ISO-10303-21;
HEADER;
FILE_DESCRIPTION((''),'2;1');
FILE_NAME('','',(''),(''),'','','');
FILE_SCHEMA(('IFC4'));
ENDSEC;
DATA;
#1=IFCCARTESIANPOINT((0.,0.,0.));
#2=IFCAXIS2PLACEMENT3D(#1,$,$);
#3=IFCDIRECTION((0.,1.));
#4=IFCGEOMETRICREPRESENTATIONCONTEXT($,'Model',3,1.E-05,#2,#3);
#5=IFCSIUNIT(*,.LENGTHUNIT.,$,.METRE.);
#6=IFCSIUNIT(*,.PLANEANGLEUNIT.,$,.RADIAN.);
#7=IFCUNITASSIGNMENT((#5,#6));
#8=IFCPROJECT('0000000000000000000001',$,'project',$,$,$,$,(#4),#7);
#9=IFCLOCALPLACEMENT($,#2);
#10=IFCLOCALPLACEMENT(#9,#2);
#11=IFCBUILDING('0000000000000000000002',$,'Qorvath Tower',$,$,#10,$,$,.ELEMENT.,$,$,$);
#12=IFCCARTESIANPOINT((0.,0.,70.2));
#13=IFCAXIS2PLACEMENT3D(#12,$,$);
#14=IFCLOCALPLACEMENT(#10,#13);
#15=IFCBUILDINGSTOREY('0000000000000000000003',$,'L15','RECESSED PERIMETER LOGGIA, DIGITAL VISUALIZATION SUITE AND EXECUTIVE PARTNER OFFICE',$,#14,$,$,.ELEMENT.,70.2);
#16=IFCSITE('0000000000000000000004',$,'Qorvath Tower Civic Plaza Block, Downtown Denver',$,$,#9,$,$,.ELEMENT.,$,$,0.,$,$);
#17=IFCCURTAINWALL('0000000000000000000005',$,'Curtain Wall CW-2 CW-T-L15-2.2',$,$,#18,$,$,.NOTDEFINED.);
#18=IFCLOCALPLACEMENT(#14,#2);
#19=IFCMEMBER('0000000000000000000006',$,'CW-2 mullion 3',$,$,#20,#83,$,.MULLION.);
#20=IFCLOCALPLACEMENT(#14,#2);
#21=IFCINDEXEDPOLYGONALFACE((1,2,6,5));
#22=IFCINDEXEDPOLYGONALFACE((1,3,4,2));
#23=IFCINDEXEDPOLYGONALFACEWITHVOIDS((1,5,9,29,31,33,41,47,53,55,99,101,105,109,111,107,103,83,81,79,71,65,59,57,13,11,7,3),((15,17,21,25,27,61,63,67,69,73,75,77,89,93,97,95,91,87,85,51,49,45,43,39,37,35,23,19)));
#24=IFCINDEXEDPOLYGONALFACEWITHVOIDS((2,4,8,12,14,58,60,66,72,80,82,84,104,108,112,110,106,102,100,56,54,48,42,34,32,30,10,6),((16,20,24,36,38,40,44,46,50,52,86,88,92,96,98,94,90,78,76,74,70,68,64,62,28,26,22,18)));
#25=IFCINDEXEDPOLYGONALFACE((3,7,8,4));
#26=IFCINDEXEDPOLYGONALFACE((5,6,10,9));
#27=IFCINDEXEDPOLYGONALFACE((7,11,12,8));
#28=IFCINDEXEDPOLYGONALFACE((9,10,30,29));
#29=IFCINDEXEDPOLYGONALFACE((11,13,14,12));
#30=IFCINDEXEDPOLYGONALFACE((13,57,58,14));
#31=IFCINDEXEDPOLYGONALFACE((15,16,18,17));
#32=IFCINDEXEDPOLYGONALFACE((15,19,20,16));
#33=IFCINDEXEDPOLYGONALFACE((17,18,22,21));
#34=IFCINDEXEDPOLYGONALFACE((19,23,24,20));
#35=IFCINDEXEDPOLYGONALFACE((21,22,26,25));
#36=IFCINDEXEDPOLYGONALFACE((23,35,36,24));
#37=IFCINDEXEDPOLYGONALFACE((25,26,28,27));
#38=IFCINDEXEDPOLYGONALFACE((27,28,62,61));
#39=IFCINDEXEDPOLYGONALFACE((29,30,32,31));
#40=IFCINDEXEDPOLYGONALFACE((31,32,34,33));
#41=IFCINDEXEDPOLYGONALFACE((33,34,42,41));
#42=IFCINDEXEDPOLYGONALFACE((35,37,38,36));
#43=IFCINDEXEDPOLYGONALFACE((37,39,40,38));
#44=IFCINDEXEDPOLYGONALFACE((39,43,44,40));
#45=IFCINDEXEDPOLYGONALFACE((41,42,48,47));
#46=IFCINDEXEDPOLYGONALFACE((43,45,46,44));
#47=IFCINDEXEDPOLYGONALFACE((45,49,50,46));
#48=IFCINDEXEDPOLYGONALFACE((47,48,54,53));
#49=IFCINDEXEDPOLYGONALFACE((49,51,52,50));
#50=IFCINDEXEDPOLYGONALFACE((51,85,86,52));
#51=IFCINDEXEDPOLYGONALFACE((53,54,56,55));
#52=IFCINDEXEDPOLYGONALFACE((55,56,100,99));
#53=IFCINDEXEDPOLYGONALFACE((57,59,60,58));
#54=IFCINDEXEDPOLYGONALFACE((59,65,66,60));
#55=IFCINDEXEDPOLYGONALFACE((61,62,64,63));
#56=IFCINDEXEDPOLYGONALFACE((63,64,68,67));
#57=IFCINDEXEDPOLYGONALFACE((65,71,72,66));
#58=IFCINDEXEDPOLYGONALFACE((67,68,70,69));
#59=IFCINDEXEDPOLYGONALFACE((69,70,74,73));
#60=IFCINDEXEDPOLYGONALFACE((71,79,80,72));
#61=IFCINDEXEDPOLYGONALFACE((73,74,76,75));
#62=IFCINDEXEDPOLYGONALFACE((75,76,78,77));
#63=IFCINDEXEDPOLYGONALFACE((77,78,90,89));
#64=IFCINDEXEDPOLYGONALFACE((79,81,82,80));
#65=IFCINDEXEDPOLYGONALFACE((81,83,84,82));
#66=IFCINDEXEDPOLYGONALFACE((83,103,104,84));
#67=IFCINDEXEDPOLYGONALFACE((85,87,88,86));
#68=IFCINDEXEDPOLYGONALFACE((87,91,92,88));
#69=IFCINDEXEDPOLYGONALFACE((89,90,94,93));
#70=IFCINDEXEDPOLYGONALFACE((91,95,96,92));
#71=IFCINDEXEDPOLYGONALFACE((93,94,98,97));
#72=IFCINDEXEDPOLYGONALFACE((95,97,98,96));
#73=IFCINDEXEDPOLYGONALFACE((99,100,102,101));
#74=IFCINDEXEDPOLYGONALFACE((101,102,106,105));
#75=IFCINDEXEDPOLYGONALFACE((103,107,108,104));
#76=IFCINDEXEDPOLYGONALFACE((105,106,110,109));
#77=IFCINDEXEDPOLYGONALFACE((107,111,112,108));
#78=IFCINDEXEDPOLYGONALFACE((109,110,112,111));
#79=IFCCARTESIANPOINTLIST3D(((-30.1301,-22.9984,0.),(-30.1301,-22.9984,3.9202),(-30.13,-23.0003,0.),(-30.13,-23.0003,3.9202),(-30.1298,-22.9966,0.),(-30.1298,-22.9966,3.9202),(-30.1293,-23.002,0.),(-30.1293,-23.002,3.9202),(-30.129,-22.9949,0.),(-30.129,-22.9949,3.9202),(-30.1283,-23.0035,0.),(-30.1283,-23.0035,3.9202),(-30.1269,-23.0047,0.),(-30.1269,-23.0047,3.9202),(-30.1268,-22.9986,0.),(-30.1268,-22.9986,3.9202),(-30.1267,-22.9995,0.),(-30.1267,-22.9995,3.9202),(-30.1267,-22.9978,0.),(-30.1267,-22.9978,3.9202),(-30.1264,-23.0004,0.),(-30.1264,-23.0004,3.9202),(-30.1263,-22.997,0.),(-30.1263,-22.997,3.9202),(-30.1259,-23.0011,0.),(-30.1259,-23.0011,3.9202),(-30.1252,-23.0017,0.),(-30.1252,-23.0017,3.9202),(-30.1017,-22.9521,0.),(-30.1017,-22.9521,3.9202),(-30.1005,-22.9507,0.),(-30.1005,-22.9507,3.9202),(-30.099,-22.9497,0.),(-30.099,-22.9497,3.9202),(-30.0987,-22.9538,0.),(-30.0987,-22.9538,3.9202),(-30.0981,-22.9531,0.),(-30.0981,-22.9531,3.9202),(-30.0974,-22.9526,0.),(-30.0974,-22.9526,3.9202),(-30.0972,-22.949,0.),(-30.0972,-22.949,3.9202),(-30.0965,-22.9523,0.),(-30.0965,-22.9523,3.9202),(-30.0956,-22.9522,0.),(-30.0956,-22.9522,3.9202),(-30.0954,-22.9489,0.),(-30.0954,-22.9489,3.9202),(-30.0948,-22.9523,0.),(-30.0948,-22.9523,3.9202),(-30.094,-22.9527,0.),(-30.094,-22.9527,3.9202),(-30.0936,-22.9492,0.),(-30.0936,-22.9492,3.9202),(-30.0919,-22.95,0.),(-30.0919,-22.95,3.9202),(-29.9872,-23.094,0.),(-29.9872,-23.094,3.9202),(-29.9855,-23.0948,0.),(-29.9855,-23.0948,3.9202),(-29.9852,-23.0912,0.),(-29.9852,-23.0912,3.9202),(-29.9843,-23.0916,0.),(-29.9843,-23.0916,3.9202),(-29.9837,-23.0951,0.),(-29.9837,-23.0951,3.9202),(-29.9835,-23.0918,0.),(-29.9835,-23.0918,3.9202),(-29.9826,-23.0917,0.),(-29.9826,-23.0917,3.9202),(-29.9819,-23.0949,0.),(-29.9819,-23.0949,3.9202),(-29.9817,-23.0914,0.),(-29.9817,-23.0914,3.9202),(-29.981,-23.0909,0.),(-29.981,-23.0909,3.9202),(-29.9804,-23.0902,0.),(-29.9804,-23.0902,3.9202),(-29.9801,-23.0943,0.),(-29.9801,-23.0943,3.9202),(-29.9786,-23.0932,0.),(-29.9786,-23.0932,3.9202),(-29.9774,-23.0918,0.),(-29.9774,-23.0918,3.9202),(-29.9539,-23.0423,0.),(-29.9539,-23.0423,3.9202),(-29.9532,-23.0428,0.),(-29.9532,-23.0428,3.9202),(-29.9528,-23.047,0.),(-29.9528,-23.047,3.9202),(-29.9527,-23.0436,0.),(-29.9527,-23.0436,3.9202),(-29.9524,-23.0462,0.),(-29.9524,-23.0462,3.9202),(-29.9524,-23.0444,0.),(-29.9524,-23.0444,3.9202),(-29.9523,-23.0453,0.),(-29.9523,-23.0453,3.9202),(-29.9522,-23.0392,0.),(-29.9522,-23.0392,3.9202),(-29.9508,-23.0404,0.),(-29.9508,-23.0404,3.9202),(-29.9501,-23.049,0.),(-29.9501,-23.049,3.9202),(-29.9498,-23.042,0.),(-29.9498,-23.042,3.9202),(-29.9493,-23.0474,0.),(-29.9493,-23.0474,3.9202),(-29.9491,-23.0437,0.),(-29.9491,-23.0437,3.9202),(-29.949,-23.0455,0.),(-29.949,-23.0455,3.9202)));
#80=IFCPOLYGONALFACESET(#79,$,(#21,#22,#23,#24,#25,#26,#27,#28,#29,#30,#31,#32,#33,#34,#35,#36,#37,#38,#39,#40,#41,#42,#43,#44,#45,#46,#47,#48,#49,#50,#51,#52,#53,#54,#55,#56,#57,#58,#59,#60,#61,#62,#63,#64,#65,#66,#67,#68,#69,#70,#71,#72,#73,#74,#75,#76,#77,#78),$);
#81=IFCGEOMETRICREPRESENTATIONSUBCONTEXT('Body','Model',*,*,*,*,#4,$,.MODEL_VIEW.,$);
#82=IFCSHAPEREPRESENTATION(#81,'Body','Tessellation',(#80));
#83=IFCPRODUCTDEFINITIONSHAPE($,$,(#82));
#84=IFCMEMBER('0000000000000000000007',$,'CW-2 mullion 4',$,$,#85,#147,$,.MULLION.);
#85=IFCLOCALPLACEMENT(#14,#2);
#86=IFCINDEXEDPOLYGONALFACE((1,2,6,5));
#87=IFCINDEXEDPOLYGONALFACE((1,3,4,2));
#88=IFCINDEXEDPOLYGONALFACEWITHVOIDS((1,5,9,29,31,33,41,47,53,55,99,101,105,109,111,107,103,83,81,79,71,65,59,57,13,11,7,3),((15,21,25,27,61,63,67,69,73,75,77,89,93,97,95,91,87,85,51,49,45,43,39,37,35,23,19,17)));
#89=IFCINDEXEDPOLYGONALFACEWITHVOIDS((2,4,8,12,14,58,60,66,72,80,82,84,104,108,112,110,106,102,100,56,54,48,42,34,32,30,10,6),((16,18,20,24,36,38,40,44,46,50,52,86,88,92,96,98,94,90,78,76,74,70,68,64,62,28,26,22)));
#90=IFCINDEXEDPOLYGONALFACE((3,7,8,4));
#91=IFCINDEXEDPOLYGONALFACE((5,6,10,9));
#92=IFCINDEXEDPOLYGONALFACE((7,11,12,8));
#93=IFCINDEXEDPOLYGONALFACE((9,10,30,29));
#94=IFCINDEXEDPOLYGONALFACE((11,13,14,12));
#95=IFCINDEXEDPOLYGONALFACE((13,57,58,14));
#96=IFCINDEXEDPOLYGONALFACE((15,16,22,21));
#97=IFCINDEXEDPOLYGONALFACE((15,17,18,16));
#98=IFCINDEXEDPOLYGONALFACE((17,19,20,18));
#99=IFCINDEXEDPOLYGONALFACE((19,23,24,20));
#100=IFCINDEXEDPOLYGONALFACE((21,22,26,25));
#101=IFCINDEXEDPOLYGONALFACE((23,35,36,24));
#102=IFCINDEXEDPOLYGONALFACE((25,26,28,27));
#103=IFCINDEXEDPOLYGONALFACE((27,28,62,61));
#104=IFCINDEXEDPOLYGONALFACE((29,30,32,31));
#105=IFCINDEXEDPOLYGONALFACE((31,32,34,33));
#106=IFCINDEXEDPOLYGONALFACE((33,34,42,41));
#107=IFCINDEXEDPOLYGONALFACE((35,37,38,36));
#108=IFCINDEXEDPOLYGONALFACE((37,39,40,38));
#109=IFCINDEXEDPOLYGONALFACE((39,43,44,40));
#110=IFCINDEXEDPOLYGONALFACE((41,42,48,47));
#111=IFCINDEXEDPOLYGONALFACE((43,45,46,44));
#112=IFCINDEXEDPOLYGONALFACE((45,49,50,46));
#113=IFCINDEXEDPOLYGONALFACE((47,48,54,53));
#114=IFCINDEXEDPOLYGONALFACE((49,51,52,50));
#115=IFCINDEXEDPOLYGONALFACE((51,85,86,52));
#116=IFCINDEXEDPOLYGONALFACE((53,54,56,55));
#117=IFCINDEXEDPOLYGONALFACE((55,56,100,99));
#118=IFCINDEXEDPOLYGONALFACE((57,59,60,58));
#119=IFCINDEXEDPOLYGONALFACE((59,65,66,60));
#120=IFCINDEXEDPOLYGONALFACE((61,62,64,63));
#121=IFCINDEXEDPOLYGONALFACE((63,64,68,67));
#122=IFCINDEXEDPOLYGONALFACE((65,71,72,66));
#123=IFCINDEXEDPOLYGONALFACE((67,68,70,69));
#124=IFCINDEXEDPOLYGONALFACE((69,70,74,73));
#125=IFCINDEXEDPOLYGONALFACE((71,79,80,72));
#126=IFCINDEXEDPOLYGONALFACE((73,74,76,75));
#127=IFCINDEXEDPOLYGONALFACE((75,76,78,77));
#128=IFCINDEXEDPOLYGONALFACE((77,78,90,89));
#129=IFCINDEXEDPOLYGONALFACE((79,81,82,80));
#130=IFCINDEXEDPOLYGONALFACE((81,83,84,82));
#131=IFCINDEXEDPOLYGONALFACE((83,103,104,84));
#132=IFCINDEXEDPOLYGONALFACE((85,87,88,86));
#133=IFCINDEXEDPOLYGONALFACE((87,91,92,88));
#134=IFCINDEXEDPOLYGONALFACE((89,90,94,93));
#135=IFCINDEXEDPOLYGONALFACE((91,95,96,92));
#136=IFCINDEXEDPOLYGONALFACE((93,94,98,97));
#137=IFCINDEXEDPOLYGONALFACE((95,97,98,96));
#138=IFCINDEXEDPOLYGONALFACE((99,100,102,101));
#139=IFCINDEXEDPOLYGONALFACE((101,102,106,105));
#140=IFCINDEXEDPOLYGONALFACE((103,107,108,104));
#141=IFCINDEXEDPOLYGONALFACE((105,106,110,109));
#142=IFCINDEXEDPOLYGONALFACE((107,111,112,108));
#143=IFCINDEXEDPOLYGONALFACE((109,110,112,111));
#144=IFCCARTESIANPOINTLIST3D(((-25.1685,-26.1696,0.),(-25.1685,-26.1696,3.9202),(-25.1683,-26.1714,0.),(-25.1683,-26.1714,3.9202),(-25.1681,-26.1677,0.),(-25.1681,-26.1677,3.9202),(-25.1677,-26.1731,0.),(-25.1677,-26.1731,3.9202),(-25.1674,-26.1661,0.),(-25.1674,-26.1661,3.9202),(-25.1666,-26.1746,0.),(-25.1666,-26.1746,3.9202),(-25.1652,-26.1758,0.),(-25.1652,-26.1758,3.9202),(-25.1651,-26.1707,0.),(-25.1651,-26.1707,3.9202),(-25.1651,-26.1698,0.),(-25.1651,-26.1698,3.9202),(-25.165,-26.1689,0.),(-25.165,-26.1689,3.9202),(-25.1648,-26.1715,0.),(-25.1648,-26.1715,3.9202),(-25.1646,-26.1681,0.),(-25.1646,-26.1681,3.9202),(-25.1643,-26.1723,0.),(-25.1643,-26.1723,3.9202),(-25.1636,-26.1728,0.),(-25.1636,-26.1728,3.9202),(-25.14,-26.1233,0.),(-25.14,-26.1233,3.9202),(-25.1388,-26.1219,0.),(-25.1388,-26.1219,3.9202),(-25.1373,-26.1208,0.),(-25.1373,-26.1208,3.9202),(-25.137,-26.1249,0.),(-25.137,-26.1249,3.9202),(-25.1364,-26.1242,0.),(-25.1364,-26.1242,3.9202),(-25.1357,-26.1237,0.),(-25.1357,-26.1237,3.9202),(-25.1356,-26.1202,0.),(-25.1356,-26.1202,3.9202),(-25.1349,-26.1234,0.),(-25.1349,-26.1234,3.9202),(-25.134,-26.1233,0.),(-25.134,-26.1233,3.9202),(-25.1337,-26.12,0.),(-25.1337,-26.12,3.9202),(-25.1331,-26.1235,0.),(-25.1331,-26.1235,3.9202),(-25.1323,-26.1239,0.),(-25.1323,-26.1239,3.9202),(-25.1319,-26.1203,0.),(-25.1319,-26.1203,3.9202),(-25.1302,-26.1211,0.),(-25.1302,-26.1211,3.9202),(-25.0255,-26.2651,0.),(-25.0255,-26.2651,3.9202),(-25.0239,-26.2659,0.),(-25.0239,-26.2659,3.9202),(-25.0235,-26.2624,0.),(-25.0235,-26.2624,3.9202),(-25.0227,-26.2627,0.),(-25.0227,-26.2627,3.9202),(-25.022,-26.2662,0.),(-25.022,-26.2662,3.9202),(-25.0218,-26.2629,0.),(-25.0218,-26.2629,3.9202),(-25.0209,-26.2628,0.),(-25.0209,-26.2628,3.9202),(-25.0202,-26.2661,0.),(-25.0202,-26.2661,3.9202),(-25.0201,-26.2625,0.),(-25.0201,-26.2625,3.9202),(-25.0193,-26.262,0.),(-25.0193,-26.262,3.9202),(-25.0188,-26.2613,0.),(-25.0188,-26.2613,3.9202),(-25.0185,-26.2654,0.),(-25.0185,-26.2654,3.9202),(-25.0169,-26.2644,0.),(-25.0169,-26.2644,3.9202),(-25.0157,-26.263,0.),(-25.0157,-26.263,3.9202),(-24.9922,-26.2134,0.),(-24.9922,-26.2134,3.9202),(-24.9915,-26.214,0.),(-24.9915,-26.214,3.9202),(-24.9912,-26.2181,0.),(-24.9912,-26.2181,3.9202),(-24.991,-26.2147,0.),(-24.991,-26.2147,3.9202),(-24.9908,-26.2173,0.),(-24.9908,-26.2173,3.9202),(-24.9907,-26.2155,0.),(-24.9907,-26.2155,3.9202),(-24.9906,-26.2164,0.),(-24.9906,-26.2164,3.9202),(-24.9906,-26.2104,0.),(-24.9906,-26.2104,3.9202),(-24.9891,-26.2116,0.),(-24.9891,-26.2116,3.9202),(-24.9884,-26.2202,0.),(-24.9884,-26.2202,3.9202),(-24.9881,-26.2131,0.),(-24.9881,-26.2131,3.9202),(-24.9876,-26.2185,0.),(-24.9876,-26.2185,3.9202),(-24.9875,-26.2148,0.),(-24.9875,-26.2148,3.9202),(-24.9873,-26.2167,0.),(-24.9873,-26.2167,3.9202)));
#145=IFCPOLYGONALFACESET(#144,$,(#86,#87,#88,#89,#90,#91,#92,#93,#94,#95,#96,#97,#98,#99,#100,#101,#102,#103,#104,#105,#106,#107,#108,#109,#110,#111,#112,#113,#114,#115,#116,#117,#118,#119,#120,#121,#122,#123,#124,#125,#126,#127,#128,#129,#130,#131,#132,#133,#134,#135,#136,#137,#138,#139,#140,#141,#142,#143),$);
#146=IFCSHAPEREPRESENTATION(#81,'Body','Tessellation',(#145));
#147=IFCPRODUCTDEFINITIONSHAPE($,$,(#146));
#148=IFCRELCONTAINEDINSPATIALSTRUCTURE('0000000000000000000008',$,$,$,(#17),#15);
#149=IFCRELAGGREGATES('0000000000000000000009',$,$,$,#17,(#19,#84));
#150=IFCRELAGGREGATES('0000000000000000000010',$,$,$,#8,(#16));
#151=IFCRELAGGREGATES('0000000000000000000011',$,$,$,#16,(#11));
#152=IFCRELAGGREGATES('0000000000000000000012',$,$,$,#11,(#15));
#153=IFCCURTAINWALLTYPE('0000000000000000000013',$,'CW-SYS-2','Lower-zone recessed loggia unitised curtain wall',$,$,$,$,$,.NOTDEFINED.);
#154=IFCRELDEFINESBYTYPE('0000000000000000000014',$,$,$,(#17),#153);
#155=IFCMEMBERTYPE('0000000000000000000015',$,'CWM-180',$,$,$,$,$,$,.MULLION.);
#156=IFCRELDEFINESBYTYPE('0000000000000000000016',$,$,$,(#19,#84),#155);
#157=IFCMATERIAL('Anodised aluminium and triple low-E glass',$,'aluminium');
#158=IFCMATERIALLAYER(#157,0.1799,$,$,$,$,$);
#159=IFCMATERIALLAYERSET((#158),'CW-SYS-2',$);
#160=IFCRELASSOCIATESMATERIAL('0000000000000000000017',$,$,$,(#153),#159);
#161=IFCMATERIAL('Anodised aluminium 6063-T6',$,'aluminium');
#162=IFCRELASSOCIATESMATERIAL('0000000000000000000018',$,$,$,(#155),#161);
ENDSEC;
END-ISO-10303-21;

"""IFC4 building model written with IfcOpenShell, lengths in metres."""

from ifc_helpers import new_model, si_unit, direction, frame, origin, origin_2d, place, context, subcontext, project, spatial, hollow_rectangle, extrude, material, layer, layer_set, material_profile, profile_set, type_object, element, aggregate, save


model = new_model("IFC4")

# Units and contexts
model_context = context("Model", 3, precision=1e-05, world=origin(), true_north=direction((0.0, 1.0)))
body_context = subcontext(model_context, "Body", "Model", "MODEL_VIEW")
ifc_project = project(units=[si_unit("LENGTHUNIT", "METRE"), si_unit("PLANEANGLEUNIT", "RADIAN")], contexts=[model_context])

# Site, building, storey
site_placement = place(None, origin())
site = spatial("IfcSite", under=ifc_project, at=site_placement, Name="Qorvath Tower Civic Plaza Block, Downtown Denver", CompositionType="ELEMENT", RefElevation=0.0)
building_placement = place(site_placement, origin())
building = spatial("IfcBuilding", under=site, at=building_placement, Name="Qorvath Tower", CompositionType="ELEMENT")
storey_placement = place(building_placement, frame((0.0, 0.0, 70.2)))
storey = spatial("IfcBuildingStorey", under=building, at=storey_placement, Name="L15", Description="RECESSED PERIMETER LOGGIA, DIGITAL VISUALIZATION SUITE AND EXECUTIVE PARTNER OFFICE", CompositionType="ELEMENT", Elevation=70.2)

# Curtain wall, members
ifc_material_1 = material(Name="Anodised aluminium and triple low-E glass", Category="aluminium")
ifc_layer_1 = layer(ifc_material_1, 0.1799)
ifc_layer_set_1 = layer_set([ifc_layer_1], Name="CW-SYS-2")
curtain_wall_type = type_object("IfcCurtainWallType", Name="CW-SYS-2", Description="Lower-zone recessed loggia unitised curtain wall", PredefinedType="NOTDEFINED", material=ifc_layer_set_1)
curtain_wall_placement = place(storey_placement, origin())
curtain_wall = element("IfcCurtainWall", 1, at=curtain_wall_placement, inside=storey, type_object=curtain_wall_type, Name="Curtain Wall CW-2 CW-T-L15-2.2", PredefinedType="NOTDEFINED")
ifc_material_2 = material(Name="Anodised aluminium 6063-T6", Category="aluminium")
ifc_material_profile_1 = material_profile(ifc_material_2, hollow_rectangle(XDim=0.0649, YDim=0.1799, WallThickness=0.0034, InnerFilletRadius=0.0034, OuterFilletRadius=0.0071, at=origin_2d()), Name="CWM 180x65")
ifc_profile_set_1 = profile_set([ifc_material_profile_1], Name="Anodised aluminium 6063-T6")
member_type_1 = type_object("IfcMemberType", Name="CWM-180", PredefinedType="MULLION", material=ifc_profile_set_1)
member_1_placement = place(storey_placement, frame((-30.0396, -23.022, 0.0), z_axis=(0.0, 0.0, 1.0), x_axis=(0.538537, 0.842602, 0.0)))
member_1 = element("IfcMember", 2, at=member_1_placement, type_object=member_type_1, Name="CW-2 mullion 3", PredefinedType="MULLION", context=body_context, shape_type="SweptSolid", body=[
    extrude(hollow_rectangle(XDim=0.0649, YDim=0.1799, WallThickness=0.0034, InnerFilletRadius=0.0034, OuterFilletRadius=0.0071, at=origin_2d()), origin(), (0.0, 0.0, 1.0), 3.9202),
])
member_2_placement = place(storey_placement, frame((-25.0779, -26.1931, 0.0), z_axis=(0.0, 0.0, 1.0), x_axis=(0.538537, 0.842602, 0.0)))
member_2 = element("IfcMember", 3, at=member_2_placement, type_object=member_type_1, Name="CW-2 mullion 4", PredefinedType="MULLION", context=body_context, shape_type="SweptSolid", body=[
    extrude(hollow_rectangle(XDim=0.0649, YDim=0.1799, WallThickness=0.0034, InnerFilletRadius=0.0034, OuterFilletRadius=0.0071, at=origin_2d()), origin(), (0.0, 0.0, 1.0), 3.9202),
])
aggregate(curtain_wall, [member_1, member_2])

save(model, "model.ifc")
